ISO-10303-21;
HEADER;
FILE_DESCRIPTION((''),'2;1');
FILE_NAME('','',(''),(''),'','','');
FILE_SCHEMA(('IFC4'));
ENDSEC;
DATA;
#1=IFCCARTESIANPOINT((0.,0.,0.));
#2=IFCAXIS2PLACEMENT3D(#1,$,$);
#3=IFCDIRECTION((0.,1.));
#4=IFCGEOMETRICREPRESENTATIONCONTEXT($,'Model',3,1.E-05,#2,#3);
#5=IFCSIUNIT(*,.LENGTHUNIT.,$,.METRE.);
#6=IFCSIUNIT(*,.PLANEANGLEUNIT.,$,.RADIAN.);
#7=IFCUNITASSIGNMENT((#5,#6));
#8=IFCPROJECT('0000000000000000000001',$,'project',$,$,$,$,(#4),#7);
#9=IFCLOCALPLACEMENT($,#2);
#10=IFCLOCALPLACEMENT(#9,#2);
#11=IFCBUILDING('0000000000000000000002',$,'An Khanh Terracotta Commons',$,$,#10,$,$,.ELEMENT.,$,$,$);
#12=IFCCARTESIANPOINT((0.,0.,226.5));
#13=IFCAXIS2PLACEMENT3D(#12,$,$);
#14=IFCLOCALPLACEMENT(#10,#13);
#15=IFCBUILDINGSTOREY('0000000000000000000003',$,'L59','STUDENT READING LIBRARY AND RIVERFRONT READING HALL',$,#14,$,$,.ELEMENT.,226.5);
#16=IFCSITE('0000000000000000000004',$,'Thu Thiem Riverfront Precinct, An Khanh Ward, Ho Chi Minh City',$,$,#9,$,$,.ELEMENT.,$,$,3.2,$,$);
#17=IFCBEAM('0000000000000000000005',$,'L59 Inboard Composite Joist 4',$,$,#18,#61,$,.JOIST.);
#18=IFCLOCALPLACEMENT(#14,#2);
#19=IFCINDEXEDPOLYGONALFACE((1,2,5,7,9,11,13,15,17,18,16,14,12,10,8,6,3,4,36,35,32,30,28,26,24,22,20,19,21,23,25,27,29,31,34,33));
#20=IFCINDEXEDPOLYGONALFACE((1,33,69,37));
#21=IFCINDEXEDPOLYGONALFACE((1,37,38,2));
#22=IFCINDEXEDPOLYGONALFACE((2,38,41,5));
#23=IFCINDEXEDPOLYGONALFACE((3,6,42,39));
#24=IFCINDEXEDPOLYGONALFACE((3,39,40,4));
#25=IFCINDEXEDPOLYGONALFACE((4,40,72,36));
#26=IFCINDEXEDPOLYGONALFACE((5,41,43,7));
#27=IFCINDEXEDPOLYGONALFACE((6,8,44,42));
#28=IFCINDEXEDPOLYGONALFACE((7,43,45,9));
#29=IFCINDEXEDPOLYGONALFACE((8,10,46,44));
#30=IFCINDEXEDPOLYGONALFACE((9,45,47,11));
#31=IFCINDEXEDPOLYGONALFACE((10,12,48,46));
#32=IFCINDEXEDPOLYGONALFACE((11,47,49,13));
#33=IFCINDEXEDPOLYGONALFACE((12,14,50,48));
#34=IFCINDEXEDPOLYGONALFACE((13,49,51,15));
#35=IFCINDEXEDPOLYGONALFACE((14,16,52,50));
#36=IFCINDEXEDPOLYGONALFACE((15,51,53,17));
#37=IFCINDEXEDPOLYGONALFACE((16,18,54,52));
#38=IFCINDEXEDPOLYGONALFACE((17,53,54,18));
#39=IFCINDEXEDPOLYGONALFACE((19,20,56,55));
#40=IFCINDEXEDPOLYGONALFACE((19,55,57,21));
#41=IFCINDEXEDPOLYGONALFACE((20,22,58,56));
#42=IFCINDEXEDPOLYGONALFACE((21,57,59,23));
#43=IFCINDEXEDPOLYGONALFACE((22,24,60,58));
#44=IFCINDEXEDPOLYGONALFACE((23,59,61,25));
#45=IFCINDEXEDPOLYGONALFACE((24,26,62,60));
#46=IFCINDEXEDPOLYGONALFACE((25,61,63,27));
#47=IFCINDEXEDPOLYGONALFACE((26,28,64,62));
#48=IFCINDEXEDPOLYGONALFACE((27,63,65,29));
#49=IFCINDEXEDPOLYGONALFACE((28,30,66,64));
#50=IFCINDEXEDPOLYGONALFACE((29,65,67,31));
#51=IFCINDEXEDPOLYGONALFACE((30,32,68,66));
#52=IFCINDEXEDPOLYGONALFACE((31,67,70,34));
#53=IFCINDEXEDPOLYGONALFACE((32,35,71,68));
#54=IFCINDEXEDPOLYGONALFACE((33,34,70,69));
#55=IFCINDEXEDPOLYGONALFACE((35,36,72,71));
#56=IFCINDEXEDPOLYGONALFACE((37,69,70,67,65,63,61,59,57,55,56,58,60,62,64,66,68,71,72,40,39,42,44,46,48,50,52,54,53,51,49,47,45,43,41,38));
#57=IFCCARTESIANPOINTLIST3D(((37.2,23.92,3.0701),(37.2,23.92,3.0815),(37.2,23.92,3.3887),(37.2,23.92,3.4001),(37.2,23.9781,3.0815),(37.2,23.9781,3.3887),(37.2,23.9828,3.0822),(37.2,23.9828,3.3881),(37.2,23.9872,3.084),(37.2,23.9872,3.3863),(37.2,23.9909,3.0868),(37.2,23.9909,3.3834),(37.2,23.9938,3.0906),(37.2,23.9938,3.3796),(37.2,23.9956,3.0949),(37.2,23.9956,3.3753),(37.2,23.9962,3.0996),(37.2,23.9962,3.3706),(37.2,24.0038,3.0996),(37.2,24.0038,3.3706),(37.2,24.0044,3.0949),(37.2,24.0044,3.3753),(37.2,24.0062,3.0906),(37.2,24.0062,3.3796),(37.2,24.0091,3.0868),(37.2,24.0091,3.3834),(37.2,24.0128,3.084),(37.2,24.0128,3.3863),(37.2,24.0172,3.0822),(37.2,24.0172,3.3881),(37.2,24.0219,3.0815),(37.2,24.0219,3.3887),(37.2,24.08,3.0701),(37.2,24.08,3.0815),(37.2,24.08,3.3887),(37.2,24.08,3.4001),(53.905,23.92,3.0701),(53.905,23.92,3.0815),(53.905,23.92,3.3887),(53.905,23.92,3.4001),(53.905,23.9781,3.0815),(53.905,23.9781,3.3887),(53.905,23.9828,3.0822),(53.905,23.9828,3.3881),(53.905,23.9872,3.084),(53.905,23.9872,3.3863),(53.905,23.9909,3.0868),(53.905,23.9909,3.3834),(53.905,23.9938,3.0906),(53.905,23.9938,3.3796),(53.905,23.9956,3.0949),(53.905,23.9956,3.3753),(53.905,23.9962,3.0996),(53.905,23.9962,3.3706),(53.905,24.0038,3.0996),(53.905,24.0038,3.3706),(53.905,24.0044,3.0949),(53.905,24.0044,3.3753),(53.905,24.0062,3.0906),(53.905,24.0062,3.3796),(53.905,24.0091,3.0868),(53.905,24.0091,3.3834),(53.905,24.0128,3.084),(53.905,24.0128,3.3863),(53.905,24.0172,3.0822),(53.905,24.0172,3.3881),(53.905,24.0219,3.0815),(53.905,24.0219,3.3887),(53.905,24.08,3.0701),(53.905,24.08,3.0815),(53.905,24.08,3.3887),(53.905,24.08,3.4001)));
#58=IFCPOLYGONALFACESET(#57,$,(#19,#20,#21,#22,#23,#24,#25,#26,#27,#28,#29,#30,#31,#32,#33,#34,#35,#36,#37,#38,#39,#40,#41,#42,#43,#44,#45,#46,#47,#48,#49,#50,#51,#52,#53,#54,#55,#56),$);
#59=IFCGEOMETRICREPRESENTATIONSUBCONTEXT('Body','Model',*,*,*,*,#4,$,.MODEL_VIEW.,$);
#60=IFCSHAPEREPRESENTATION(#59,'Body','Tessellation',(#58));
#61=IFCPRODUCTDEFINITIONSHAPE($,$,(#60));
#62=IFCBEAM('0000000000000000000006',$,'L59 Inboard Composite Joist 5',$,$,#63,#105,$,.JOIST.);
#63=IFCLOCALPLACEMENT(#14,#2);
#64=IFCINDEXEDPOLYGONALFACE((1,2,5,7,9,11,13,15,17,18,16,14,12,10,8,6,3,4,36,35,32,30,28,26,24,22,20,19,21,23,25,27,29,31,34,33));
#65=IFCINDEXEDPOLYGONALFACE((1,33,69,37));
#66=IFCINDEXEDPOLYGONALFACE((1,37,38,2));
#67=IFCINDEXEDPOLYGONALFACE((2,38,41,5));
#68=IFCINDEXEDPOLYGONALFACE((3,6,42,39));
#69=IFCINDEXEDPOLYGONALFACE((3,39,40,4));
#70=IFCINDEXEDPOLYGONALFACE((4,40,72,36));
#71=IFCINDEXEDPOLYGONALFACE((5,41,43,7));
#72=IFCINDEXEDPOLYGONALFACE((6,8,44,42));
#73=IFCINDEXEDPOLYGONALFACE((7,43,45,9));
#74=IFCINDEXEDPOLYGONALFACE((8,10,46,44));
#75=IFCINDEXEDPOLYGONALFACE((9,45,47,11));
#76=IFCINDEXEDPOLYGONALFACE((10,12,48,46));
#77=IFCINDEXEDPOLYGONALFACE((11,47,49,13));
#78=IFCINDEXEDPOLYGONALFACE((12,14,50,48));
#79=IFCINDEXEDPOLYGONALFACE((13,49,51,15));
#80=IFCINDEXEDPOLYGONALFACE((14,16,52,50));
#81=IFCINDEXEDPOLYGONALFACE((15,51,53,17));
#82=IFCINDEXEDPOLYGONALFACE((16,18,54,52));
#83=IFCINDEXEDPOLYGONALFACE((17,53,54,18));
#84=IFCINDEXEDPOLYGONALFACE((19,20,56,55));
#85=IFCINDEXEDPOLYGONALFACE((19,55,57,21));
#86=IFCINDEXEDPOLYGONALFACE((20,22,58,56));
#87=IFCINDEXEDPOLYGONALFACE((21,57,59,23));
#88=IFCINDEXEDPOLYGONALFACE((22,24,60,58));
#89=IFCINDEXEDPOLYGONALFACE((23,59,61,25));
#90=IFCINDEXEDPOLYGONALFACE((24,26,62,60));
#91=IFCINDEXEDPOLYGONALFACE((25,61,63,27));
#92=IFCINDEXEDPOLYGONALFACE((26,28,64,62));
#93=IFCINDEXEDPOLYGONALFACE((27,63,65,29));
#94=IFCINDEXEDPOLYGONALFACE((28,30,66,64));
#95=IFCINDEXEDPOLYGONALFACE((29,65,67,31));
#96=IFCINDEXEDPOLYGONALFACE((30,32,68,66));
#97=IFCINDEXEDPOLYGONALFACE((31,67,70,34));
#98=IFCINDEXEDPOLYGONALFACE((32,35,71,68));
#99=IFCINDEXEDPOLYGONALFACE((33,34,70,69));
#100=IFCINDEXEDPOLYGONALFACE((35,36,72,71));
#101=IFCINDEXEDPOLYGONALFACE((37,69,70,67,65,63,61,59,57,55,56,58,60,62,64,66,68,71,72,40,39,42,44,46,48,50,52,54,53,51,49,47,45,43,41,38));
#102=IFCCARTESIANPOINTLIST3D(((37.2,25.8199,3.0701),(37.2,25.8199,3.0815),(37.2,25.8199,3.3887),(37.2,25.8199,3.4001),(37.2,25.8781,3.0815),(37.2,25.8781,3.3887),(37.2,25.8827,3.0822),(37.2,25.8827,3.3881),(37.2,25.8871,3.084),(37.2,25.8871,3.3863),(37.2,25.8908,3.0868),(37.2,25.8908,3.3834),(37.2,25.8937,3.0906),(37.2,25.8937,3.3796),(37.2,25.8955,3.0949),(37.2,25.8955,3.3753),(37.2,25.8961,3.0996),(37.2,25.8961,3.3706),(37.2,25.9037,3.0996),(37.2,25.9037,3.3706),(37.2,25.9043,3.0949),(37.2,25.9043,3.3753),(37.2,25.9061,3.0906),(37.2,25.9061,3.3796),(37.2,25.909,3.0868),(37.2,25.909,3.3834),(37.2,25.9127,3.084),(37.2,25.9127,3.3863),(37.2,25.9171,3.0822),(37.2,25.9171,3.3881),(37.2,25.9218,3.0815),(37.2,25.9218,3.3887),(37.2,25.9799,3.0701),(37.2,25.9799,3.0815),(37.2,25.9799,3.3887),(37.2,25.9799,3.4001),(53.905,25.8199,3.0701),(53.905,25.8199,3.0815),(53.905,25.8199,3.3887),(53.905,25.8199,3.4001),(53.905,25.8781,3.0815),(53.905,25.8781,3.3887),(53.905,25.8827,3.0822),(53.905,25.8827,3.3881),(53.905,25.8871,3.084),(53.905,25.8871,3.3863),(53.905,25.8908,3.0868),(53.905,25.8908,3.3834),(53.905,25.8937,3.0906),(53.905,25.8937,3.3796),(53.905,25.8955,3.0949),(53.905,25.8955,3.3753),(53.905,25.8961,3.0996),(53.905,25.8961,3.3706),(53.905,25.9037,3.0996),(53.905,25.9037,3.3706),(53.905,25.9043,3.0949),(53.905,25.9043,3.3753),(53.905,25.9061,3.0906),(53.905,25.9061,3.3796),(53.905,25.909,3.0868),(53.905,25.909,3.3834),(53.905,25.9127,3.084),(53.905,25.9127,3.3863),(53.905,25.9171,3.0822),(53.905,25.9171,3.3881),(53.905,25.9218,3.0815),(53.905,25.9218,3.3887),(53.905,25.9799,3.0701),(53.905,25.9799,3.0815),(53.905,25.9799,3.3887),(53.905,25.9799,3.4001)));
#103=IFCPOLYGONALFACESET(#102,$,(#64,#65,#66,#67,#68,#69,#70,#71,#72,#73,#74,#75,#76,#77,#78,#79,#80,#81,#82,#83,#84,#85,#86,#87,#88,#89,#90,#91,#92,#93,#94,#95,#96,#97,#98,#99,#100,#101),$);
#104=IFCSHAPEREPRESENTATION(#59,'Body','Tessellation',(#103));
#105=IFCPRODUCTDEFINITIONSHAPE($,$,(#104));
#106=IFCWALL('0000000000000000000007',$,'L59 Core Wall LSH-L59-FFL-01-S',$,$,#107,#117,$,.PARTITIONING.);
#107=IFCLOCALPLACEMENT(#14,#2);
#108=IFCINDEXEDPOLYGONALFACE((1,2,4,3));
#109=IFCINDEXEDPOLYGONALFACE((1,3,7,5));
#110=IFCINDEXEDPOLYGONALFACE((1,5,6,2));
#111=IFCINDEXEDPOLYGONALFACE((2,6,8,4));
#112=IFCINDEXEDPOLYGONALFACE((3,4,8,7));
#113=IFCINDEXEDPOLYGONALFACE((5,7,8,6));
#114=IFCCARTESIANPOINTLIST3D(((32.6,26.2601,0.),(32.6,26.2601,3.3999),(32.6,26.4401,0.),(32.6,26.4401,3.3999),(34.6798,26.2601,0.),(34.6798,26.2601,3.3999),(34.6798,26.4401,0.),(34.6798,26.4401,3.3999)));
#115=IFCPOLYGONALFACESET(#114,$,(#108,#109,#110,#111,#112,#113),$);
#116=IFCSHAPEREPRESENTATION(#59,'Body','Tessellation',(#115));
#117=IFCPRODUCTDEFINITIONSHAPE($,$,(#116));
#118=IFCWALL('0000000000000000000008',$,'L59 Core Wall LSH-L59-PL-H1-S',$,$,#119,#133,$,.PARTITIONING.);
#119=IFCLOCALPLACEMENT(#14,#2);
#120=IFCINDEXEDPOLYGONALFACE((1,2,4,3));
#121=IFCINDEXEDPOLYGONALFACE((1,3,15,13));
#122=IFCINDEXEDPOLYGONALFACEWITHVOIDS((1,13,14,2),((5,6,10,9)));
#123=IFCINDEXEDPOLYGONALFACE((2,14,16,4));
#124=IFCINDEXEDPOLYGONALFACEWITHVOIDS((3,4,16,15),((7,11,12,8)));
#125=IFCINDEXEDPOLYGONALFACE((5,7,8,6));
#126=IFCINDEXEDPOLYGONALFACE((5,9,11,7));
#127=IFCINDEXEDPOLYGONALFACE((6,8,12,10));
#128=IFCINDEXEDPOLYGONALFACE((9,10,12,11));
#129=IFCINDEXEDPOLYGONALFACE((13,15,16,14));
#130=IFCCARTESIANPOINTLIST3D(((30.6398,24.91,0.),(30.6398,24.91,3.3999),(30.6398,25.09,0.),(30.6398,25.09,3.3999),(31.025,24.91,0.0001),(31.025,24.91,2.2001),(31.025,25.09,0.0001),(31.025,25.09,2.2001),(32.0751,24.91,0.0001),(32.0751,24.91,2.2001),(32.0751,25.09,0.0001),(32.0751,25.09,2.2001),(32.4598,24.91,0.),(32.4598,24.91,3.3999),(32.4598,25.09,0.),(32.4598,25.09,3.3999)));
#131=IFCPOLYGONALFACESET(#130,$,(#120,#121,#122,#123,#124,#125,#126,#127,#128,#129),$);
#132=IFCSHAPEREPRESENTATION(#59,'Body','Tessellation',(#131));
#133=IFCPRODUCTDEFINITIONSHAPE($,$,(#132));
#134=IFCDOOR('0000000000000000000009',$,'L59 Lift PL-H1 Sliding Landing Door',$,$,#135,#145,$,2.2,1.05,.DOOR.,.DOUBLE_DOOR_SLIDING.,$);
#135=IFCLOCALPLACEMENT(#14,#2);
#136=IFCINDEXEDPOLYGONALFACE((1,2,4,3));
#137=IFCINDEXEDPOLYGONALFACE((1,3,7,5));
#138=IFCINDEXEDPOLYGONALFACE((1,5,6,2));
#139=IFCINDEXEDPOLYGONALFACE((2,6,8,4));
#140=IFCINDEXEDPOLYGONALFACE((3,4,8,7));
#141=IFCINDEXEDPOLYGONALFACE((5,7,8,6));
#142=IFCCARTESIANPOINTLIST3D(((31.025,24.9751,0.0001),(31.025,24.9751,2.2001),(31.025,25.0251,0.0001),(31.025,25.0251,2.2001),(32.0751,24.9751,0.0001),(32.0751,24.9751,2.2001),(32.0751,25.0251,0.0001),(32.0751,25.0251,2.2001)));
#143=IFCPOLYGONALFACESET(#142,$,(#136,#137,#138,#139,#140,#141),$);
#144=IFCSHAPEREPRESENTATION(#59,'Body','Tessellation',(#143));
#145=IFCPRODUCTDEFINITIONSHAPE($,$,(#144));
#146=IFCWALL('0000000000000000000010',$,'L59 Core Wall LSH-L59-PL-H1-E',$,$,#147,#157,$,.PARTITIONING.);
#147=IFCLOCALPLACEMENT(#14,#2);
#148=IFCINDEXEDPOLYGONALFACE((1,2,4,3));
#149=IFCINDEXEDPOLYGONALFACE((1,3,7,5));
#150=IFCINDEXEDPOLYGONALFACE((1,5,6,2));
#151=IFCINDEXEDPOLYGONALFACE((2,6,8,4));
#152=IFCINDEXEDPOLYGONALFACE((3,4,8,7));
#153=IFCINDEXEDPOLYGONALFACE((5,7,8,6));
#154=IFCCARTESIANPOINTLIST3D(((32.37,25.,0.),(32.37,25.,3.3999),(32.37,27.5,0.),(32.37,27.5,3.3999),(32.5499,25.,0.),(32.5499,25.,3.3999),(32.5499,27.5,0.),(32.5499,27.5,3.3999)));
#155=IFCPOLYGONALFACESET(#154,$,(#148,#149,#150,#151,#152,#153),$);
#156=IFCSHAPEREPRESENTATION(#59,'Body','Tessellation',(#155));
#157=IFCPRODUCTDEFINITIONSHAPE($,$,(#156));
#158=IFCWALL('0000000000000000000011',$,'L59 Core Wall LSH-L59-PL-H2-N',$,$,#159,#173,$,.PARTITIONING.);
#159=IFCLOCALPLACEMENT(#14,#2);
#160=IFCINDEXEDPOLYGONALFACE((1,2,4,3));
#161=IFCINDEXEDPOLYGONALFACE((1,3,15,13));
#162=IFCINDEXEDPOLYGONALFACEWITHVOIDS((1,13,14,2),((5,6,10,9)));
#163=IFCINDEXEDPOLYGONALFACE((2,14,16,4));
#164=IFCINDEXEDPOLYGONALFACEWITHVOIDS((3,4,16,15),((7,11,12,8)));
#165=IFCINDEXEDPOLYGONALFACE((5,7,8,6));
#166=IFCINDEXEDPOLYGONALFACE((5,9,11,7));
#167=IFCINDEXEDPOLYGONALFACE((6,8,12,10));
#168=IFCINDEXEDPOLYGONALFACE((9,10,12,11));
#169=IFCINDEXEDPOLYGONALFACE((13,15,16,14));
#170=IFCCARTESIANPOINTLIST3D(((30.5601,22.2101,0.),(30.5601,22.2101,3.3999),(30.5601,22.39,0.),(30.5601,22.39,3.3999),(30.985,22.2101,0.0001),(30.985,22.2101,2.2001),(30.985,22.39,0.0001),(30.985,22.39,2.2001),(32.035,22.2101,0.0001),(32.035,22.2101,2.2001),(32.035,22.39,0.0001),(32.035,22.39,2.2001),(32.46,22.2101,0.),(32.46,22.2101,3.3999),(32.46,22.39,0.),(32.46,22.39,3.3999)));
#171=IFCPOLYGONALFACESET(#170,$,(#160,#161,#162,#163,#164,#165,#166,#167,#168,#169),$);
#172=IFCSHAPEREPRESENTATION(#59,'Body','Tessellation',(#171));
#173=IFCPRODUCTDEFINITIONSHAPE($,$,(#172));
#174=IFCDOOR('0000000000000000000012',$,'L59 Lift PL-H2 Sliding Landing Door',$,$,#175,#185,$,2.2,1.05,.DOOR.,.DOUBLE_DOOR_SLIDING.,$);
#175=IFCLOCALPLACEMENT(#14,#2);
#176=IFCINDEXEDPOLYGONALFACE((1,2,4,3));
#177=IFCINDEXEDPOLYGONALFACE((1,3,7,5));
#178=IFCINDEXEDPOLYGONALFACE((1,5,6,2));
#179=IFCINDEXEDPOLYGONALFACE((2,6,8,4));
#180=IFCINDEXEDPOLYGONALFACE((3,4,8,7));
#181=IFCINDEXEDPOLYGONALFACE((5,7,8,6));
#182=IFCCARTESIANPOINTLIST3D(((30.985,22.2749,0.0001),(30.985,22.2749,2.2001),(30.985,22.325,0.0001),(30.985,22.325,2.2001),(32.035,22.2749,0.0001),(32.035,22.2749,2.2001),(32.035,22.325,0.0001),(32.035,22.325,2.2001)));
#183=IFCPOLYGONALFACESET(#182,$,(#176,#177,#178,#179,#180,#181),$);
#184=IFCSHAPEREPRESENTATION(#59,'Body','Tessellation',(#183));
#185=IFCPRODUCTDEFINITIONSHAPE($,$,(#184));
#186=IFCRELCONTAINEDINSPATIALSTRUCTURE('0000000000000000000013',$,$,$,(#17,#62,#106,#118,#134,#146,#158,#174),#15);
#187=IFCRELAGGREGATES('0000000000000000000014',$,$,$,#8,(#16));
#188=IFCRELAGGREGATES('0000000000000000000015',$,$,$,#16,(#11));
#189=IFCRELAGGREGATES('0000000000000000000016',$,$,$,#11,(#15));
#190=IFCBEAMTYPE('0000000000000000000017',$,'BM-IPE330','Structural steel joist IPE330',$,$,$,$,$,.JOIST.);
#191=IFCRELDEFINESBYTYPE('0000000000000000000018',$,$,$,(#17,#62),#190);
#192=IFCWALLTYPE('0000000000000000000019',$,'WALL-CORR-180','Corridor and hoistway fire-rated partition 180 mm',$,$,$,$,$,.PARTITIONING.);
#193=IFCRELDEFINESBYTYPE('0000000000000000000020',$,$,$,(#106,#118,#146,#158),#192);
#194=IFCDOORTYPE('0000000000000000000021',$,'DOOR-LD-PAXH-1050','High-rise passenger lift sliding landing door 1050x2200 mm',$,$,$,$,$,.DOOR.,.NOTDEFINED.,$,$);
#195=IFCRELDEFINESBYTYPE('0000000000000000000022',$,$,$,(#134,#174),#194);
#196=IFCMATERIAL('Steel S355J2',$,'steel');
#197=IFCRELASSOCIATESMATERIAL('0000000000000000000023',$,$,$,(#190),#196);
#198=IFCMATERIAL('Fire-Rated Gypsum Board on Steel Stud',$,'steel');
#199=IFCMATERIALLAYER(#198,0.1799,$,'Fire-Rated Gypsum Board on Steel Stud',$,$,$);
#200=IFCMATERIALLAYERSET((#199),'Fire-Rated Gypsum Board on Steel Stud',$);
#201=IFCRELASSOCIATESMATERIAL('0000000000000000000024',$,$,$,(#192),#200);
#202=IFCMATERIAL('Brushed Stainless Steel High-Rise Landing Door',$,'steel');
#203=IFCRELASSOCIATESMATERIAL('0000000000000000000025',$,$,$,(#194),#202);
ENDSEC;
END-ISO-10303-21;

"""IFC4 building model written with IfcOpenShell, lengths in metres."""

from ifc_helpers import new_model, si_unit, direction, frame, frame_2d, origin, origin_2d, place, context, subcontext, project, spatial, rectangle, i_section, extrude, material, layer, layer_set, material_profile, profile_set, type_object, element, fill, save


model = new_model("IFC4")

# Units and contexts
model_context = context("Model", 3, precision=1e-05, world=origin(), true_north=direction((0.0, 1.0)))
body_context = subcontext(model_context, "Body", "Model", "MODEL_VIEW")
ifc_project = project(units=[si_unit("LENGTHUNIT", "METRE"), si_unit("PLANEANGLEUNIT", "RADIAN")], contexts=[model_context])

# Site, building, storey
site_placement = place(None, origin())
site = spatial("IfcSite", under=ifc_project, at=site_placement, Name="Thu Thiem Riverfront Precinct, An Khanh Ward, Ho Chi Minh City", CompositionType="ELEMENT", RefElevation=3.2)
building_placement = place(site_placement, origin())
building = spatial("IfcBuilding", under=site, at=building_placement, Name="An Khanh Terracotta Commons", CompositionType="ELEMENT")
storey_placement = place(building_placement, frame((0.0, 0.0, 226.5)))
storey = spatial("IfcBuildingStorey", under=building, at=storey_placement, Name="L59", Description="STUDENT READING LIBRARY AND RIVERFRONT READING HALL", CompositionType="ELEMENT", Elevation=226.5)

# Beams
ifc_material_1 = material(Name="Steel S355J2", Category="steel")
ifc_material_profile_1 = material_profile(ifc_material_1, i_section(OverallWidth=0.1599, OverallDepth=0.3301, WebThickness=0.0076, FlangeThickness=0.0115, FilletRadius=0.0181, at=origin_2d()), Name="IPE330")
ifc_profile_set_1 = profile_set([ifc_material_profile_1], Name="Steel S355J2")
beam_type_1 = type_object("IfcBeamType", Name="BM-IPE330", Description="Structural steel joist IPE330", PredefinedType="JOIST", material=ifc_profile_set_1)
for number, where, z_axis, x_axis, name in (
    (1, (37.2, 24.0, 3.2351), (1.0, 0.0, 0.0), (0.0, 1.0, 0.0), "L59 Inboard Composite Joist 4"),
    (2, (37.2, 25.8999, 3.2351), (1.0, 0.0, 0.0), (0.0, 1.0, 0.0), "L59 Inboard Composite Joist 5"),
):
    element("IfcBeam", number, at=place(storey_placement, frame(where, z_axis=z_axis, x_axis=x_axis)), inside=storey, type_object=beam_type_1, Name=name, PredefinedType="JOIST", context=body_context, shape_type="SweptSolid", body=[
        extrude(i_section(OverallWidth=0.1599, OverallDepth=0.3301, WebThickness=0.0076, FlangeThickness=0.0115, FilletRadius=0.0181, at=origin_2d()), origin(), (0.0, 0.0, 1.0), 16.7051),
    ])

# Wall
ifc_material_2 = material(Name="Fire-Rated Gypsum Board on Steel Stud", Category="steel")
ifc_layer = layer(ifc_material_2, 0.1799, Name="Fire-Rated Gypsum Board on Steel Stud")
ifc_layer_set = layer_set([ifc_layer], Name="Fire-Rated Gypsum Board on Steel Stud")
wall_type = type_object("IfcWallType", Name="WALL-CORR-180", Description="Corridor and hoistway fire-rated partition 180 mm", PredefinedType="PARTITIONING", material=ifc_layer_set)
wall_1_placement = place(storey_placement, frame((34.6799, 26.3501, 0.0), z_axis=(0.0, 0.0, 1.0), x_axis=(-1.0, 0.0, 0.0)))
element("IfcWall", 3, at=wall_1_placement, inside=storey, type_object=wall_type, Name="L59 Core Wall LSH-L59-FFL-01-S", PredefinedType="PARTITIONING", context=body_context, shape_type="SweptSolid", body=[
    extrude(rectangle(XDim=2.0798, YDim=0.1799, at=frame_2d((1.04, 0.0))), origin(), (0.0, 0.0, 1.0), 3.3999),
])

# Wall, opening, door
wall_2_placement = place(storey_placement, frame((32.46, 25.0, 0.0), z_axis=(0.0, 0.0, 1.0), x_axis=(-1.0, 0.0, 0.0)))
wall_2 = element("IfcWall", 4, at=wall_2_placement, inside=storey, type_object=wall_type, Name="L59 Core Wall LSH-L59-PL-H1-S", PredefinedType="PARTITIONING", context=body_context, shape_type="SweptSolid", body=[
    extrude(rectangle(XDim=1.8201, YDim=0.1799, at=frame_2d((0.9102, 0.0))), origin(), (0.0, 0.0, 1.0), 3.3999),
])
opening_1_placement = place(wall_2_placement, frame((0.385, 0.0, 0.0)))
opening_1 = element("IfcOpeningElement", 5, at=opening_1_placement, cuts=wall_2, PredefinedType="OPENING", context=body_context, shape_type="SweptSolid", body=[
    extrude(rectangle(XDim=1.05, YDim=2.2, at=frame_2d((0.5249, 1.1001))), frame((0.0, 0.0999, 0.0), z_axis=(0.0, -1.0, 0.0), x_axis=(1.0, 0.0, 0.0)), (0.0, 0.0, 1.0), 0.2),
])
ifc_material_3 = material(Name="Brushed Stainless Steel High-Rise Landing Door", Category="steel")
door_type_1 = type_object("IfcDoorType", Name="DOOR-LD-PAXH-1050", Description="High-rise passenger lift sliding landing door 1050x2200 mm", OperationType="NOTDEFINED", PredefinedType="DOOR", material=ifc_material_3)
door_1_placement = place(opening_1_placement, origin())
door_1 = element("IfcDoor", 6, at=door_1_placement, inside=storey, type_object=door_type_1, Name="L59 Lift PL-H1 Sliding Landing Door", OperationType="DOUBLE_DOOR_SLIDING", OverallHeight=2.2, OverallWidth=1.05, PredefinedType="DOOR", context=body_context, shape_type="SweptSolid", body=[
    extrude(rectangle(XDim=1.05, YDim=2.2, at=frame_2d((0.5249, 1.1001))), frame((0.0, 0.0249, 0.0), z_axis=(0.0, -1.0, 0.0), x_axis=(1.0, 0.0, 0.0)), (0.0, 0.0, 1.0), 0.05),
])
fill(opening_1, door_1)

# Wall
wall_3_placement = place(storey_placement, frame((32.46, 25.0, 0.0), z_axis=(0.0, 0.0, 1.0), x_axis=(0.0, 1.0, 0.0)))
element("IfcWall", 7, at=wall_3_placement, inside=storey, type_object=wall_type, Name="L59 Core Wall LSH-L59-PL-H1-E", PredefinedType="PARTITIONING", context=body_context, shape_type="SweptSolid", body=[
    extrude(rectangle(XDim=2.5, YDim=0.1799, at=frame_2d((1.25, 0.0))), origin(), (0.0, 0.0, 1.0), 3.3999),
])

# Wall, opening, door
wall_4_placement = place(storey_placement, frame((30.5601, 22.3, 0.0), z_axis=(0.0, 0.0, 1.0), x_axis=(1.0, 0.0, 0.0)))
wall_4 = element("IfcWall", 8, at=wall_4_placement, inside=storey, type_object=wall_type, Name="L59 Core Wall LSH-L59-PL-H2-N", PredefinedType="PARTITIONING", context=body_context, shape_type="SweptSolid", body=[
    extrude(rectangle(XDim=1.8999, YDim=0.1799, at=frame_2d((0.95, 0.0))), origin(), (0.0, 0.0, 1.0), 3.3999),
])
opening_2_placement = place(wall_4_placement, frame((0.425, 0.0, 0.0)))
opening_2 = element("IfcOpeningElement", 9, at=opening_2_placement, cuts=wall_4, PredefinedType="OPENING", context=body_context, shape_type="SweptSolid", body=[
    extrude(rectangle(XDim=1.05, YDim=2.2, at=frame_2d((0.5249, 1.1001))), frame((0.0, 0.0999, 0.0), z_axis=(0.0, -1.0, 0.0), x_axis=(1.0, 0.0, 0.0)), (0.0, 0.0, 1.0), 0.2),
])
door_2_placement = place(opening_2_placement, origin())
door_2 = element("IfcDoor", 10, at=door_2_placement, inside=storey, type_object=door_type_1, Name="L59 Lift PL-H2 Sliding Landing Door", OperationType="DOUBLE_DOOR_SLIDING", OverallHeight=2.2, OverallWidth=1.05, PredefinedType="DOOR", context=body_context, shape_type="SweptSolid", body=[
    extrude(rectangle(XDim=1.05, YDim=2.2, at=frame_2d((0.5249, 1.1001))), frame((0.0, 0.0249, 0.0), z_axis=(0.0, -1.0, 0.0), x_axis=(1.0, 0.0, 0.0)), (0.0, 0.0, 1.0), 0.05),
])
fill(opening_2, door_2)

save(model, "model.ifc")
